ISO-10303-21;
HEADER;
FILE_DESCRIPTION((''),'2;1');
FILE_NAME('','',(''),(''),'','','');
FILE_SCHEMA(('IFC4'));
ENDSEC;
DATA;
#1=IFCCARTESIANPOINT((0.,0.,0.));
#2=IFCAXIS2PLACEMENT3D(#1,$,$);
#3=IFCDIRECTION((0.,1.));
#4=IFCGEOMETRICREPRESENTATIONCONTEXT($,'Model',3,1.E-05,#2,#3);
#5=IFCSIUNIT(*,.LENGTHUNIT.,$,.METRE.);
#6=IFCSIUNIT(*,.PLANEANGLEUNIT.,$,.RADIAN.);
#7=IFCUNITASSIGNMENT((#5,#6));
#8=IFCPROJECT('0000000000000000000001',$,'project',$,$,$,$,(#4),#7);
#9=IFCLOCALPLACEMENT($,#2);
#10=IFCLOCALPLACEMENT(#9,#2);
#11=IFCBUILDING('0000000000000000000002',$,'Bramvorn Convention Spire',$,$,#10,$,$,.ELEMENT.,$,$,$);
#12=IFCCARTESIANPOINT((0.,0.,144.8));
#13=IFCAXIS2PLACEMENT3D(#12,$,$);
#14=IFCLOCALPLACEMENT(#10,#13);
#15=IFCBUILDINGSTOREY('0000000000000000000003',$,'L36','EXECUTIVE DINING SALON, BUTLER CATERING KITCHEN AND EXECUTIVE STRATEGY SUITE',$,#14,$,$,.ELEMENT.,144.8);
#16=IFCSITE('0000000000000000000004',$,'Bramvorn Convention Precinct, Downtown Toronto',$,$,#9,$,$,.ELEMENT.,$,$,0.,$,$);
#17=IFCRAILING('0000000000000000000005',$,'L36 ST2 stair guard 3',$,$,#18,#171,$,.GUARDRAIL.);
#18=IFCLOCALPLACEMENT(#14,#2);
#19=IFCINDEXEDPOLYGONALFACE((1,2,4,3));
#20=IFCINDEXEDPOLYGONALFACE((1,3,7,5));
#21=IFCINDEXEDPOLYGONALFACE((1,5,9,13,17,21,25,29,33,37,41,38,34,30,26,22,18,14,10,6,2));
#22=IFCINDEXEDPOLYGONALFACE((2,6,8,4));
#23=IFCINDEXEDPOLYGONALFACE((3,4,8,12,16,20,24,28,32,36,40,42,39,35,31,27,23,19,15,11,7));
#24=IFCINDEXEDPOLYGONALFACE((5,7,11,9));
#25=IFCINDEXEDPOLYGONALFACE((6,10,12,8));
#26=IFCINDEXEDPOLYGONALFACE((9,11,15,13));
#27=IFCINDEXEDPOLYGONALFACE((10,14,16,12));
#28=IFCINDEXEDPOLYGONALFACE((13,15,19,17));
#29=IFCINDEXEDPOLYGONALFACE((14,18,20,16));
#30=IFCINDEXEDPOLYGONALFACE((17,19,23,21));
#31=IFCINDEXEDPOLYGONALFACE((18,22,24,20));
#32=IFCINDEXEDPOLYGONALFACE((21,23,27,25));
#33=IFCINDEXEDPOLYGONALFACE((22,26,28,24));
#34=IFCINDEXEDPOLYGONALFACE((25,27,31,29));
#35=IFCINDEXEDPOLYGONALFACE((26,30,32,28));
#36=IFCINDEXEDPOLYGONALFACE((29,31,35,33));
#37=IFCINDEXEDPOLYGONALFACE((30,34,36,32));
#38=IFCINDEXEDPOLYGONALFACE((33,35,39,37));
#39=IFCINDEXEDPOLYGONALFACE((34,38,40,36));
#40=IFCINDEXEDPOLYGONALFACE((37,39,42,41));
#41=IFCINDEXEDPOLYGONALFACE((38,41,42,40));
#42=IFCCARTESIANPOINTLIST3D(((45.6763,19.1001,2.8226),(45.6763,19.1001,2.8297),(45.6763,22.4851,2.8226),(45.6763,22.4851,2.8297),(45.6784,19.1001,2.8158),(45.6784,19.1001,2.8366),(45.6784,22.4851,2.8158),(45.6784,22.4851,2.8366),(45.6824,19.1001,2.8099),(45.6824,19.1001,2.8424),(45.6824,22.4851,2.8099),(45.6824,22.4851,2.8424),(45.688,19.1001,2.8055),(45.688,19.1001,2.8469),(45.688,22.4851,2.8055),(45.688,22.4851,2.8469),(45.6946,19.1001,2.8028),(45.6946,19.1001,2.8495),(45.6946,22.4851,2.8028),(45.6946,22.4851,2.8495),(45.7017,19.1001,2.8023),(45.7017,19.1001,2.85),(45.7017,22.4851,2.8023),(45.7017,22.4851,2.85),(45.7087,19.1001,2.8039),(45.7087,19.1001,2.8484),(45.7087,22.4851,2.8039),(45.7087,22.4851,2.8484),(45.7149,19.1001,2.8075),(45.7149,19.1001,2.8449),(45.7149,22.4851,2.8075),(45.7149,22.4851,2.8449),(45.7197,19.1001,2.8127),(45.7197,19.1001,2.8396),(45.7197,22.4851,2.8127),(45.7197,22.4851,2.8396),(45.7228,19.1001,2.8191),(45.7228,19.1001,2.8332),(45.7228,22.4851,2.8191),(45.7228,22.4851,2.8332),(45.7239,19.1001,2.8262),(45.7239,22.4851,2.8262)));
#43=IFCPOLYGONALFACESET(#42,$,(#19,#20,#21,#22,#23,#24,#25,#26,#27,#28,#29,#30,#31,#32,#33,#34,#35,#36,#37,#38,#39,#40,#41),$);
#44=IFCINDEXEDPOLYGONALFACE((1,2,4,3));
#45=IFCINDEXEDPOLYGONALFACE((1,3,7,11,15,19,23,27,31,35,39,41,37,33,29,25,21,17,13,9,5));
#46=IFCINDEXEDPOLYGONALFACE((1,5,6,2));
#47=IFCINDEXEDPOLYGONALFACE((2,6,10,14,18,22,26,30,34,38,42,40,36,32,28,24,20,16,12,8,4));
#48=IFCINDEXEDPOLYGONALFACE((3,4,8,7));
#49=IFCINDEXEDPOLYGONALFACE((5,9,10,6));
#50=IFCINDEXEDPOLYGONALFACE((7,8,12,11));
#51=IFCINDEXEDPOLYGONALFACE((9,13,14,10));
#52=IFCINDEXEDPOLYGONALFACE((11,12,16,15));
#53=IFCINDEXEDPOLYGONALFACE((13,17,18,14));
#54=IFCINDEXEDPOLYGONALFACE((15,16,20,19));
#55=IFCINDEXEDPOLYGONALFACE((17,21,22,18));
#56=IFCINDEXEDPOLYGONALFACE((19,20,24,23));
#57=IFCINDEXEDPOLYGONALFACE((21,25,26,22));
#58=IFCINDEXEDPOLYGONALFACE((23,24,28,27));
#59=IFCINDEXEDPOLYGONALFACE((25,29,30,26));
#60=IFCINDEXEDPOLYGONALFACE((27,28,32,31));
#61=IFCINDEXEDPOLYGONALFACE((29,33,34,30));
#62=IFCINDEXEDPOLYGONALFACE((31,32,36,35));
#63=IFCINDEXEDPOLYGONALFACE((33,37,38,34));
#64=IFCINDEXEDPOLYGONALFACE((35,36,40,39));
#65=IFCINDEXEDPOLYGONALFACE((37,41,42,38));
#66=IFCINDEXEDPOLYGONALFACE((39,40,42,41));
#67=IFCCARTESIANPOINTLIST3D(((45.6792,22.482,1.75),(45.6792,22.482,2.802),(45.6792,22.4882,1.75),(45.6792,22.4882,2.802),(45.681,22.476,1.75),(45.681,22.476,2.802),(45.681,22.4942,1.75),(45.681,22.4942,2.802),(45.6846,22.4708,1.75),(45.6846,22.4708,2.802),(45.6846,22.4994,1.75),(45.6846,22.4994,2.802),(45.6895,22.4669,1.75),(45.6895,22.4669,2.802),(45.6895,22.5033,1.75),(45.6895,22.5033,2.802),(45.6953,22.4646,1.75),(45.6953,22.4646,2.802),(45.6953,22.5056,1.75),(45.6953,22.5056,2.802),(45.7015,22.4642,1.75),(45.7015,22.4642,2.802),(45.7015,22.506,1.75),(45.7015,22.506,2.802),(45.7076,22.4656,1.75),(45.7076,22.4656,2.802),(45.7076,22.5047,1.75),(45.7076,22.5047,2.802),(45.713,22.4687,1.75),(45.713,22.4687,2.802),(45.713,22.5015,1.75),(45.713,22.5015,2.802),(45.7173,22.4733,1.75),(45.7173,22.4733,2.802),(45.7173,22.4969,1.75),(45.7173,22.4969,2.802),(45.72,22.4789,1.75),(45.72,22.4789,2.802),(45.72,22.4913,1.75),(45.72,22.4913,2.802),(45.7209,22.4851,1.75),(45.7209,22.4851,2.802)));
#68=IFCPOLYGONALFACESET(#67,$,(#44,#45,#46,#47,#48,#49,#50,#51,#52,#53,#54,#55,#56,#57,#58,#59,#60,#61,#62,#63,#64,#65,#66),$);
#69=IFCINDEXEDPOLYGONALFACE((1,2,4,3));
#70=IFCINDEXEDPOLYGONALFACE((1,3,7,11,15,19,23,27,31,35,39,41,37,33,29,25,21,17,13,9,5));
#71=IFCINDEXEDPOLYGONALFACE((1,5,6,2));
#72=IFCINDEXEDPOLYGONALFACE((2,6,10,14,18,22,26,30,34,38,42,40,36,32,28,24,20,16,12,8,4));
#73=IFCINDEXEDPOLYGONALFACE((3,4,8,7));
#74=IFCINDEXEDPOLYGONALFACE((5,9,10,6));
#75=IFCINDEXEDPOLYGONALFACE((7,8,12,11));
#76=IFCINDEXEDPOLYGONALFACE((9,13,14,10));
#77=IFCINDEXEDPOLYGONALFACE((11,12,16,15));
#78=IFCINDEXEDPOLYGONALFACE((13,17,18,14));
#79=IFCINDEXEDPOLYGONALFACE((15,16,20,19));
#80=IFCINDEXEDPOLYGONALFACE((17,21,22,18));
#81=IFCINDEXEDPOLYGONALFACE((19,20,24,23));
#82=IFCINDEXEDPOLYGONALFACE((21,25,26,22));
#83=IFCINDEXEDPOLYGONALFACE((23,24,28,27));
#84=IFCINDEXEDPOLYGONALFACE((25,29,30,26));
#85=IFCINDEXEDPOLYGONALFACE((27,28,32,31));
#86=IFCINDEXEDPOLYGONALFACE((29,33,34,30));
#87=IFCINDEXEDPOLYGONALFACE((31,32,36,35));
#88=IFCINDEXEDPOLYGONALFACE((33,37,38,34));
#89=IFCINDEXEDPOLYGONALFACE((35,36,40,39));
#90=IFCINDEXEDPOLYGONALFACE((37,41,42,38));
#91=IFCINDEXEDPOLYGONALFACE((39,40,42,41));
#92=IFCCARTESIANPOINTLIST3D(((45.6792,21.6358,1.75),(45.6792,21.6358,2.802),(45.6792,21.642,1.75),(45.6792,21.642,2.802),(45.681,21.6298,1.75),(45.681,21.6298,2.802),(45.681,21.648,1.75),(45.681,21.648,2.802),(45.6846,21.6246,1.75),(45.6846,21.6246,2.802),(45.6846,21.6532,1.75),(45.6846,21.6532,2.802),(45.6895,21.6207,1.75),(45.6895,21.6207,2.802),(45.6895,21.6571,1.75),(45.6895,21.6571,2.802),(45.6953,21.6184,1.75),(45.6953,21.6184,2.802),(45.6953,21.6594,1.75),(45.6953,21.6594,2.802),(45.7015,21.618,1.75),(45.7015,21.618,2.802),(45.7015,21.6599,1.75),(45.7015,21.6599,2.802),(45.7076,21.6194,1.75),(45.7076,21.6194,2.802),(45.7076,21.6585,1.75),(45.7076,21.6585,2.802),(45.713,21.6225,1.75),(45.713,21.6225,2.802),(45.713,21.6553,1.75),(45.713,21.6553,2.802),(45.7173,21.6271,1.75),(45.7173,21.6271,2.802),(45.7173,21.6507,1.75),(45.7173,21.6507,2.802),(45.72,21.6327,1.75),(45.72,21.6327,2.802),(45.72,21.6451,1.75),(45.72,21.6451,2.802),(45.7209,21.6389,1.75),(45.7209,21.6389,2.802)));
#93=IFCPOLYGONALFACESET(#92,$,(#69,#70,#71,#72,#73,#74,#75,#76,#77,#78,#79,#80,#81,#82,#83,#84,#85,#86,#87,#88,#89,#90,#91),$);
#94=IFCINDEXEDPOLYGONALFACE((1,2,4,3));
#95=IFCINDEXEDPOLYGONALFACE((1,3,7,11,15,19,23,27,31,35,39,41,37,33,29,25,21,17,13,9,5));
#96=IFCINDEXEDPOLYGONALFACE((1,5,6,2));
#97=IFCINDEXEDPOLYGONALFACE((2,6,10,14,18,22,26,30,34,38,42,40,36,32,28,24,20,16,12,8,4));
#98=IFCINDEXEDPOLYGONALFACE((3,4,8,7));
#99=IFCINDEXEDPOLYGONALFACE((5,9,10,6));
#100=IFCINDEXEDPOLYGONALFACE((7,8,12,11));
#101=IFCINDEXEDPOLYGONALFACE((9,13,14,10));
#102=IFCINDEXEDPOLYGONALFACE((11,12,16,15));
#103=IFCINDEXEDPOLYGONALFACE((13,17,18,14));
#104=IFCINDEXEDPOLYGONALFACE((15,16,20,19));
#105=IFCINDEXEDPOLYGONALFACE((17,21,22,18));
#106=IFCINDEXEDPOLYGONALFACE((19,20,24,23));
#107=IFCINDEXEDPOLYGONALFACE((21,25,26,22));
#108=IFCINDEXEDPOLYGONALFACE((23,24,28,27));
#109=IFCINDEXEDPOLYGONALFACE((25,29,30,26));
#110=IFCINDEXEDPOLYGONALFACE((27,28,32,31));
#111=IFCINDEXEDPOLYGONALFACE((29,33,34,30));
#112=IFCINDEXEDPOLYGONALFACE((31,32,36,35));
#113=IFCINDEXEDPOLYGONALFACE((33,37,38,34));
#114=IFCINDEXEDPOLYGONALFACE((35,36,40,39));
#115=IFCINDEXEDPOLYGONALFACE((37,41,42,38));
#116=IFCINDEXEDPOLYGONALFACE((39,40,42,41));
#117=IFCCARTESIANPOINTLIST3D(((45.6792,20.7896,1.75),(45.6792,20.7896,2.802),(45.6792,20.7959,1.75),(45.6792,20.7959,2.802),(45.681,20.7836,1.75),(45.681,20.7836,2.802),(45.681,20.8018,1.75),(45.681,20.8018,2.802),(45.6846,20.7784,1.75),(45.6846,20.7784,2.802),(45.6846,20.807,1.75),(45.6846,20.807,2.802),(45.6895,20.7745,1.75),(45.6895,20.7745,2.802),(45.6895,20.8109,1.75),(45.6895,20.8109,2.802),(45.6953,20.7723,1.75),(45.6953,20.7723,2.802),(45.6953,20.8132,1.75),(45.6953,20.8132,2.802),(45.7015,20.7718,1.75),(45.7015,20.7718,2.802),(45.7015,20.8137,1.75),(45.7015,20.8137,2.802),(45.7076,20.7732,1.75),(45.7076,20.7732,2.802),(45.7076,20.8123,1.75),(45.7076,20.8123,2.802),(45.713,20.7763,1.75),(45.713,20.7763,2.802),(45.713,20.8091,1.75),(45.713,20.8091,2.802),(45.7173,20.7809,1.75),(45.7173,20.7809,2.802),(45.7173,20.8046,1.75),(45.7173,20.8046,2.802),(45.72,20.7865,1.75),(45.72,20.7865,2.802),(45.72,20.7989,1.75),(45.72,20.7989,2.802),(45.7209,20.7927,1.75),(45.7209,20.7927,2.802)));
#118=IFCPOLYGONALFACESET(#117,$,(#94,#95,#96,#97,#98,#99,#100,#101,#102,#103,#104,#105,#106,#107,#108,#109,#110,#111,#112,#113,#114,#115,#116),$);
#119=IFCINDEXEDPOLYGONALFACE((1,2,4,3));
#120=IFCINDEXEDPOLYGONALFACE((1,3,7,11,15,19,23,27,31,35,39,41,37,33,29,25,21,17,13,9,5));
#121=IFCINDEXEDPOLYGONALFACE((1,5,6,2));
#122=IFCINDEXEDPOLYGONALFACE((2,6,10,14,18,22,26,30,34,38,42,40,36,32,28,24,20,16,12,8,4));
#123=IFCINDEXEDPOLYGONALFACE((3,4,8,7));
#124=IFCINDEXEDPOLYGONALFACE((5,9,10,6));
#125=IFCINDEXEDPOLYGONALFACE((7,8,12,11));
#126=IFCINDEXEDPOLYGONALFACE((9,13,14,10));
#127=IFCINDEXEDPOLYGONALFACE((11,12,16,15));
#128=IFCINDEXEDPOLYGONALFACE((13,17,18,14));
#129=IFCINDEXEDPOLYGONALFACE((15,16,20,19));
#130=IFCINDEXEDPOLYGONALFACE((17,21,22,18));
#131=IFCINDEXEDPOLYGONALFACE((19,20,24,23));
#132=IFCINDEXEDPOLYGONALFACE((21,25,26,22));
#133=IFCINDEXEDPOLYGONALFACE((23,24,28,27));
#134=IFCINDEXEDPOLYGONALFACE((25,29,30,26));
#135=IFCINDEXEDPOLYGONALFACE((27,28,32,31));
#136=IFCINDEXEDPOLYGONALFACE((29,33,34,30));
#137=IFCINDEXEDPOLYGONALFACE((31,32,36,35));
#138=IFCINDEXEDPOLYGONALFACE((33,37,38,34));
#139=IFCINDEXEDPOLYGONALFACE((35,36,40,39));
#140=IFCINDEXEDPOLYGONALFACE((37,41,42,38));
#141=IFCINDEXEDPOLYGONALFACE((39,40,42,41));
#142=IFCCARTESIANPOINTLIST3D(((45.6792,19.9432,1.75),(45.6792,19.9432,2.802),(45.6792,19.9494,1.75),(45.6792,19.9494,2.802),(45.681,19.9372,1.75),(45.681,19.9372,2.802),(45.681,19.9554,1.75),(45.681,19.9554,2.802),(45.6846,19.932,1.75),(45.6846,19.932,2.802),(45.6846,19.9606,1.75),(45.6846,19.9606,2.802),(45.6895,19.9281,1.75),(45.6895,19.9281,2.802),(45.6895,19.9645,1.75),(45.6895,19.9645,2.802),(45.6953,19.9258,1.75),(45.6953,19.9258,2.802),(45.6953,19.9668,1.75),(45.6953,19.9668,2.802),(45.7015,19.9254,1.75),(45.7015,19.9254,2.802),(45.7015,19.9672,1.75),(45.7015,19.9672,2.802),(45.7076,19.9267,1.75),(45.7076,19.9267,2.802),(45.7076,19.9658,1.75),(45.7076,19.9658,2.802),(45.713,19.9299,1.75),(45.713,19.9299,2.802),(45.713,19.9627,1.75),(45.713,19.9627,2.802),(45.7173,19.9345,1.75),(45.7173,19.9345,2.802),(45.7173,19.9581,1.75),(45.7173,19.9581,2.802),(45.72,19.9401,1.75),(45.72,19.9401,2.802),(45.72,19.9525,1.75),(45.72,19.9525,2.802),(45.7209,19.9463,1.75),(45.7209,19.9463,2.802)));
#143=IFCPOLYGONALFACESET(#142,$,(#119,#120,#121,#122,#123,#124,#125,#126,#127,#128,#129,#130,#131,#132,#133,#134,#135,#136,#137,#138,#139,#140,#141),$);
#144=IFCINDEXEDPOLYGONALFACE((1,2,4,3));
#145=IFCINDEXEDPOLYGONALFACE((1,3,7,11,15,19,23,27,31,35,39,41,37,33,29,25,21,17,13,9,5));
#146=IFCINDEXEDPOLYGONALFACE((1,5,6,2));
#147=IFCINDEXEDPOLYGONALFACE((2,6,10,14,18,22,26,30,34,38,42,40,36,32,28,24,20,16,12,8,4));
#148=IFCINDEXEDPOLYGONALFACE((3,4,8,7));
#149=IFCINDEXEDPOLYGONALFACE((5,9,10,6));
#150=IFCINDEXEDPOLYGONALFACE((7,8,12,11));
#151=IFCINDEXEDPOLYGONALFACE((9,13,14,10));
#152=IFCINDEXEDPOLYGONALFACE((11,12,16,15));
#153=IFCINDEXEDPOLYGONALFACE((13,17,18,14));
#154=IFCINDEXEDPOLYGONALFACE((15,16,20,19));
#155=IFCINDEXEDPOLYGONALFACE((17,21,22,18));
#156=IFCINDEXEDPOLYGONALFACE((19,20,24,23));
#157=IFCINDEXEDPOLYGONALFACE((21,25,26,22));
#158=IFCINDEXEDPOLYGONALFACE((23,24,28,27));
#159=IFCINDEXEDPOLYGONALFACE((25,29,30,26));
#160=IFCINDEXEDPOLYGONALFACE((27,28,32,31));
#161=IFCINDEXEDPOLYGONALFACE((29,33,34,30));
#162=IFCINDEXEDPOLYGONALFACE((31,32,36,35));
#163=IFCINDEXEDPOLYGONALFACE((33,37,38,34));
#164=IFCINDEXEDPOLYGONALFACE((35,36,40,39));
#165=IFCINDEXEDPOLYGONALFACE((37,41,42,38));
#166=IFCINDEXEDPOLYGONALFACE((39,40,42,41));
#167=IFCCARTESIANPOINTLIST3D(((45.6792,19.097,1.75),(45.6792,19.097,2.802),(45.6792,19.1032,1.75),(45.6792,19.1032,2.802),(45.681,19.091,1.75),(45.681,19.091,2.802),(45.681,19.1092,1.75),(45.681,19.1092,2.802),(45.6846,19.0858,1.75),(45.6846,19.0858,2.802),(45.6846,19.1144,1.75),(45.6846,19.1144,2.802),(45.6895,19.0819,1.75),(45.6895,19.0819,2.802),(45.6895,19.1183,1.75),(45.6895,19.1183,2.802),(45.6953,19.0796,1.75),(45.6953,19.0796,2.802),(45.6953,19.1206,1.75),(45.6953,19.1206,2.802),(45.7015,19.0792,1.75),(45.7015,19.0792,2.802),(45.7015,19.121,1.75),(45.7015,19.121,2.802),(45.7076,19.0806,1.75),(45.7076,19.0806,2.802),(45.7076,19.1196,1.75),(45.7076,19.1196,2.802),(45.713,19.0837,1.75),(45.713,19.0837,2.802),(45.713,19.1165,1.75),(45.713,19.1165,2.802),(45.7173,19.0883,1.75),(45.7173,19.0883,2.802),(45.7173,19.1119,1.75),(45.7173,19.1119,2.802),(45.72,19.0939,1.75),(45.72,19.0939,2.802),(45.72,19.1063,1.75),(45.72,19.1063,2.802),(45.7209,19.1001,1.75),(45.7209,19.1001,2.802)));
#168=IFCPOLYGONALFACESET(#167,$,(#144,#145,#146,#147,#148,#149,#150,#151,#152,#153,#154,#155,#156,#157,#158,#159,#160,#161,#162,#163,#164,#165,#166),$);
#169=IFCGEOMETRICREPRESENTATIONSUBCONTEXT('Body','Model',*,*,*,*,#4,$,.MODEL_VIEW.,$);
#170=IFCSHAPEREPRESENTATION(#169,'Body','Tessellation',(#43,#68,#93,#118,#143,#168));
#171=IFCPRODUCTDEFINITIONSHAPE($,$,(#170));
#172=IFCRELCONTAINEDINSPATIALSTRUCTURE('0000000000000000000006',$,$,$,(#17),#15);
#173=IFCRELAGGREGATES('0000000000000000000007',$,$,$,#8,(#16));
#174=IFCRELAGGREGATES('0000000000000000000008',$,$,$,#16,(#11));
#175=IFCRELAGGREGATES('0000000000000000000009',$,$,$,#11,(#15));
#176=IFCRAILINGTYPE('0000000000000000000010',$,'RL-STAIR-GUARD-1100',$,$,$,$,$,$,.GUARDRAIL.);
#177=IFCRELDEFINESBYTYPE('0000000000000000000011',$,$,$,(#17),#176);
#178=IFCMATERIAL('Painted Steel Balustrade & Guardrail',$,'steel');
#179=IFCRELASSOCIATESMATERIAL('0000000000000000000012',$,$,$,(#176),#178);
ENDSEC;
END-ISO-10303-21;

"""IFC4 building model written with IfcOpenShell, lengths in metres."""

from ifc_helpers import new_model, si_unit, direction, frame, origin, origin_2d, place, context, subcontext, project, spatial, circle, extrude, material, type_object, element, save


model = new_model("IFC4")

# Units and contexts
model_context = context("Model", 3, precision=1e-05, world=origin(), true_north=direction((0.0, 1.0)))
body_context = subcontext(model_context, "Body", "Model", "MODEL_VIEW")
ifc_project = project(units=[si_unit("LENGTHUNIT", "METRE"), si_unit("PLANEANGLEUNIT", "RADIAN")], contexts=[model_context])

# Site, building, storey
site_placement = place(None, origin())
site = spatial("IfcSite", under=ifc_project, at=site_placement, Name="Bramvorn Convention Precinct, Downtown Toronto", CompositionType="ELEMENT", RefElevation=0.0)
building_placement = place(site_placement, origin())
building = spatial("IfcBuilding", under=site, at=building_placement, Name="Bramvorn Convention Spire", CompositionType="ELEMENT")
storey_placement = place(building_placement, frame((0.0, 0.0, 144.8)))
storey = spatial("IfcBuildingStorey", under=building, at=storey_placement, Name="L36", Description="EXECUTIVE DINING SALON, BUTLER CATERING KITCHEN AND EXECUTIVE STRATEGY SUITE", CompositionType="ELEMENT", Elevation=144.8)

# Railing
ifc_material_1 = material(Name="Painted Steel Balustrade & Guardrail", Category="steel")
railing_type_1 = type_object("IfcRailingType", Name="RL-STAIR-GUARD-1100", PredefinedType="GUARDRAIL", material=ifc_material_1)
for number, where, name in (
    (1, (45.7, 22.4851, 1.75), "L36 ST2 stair guard 3"),
):
    element("IfcRailing", number, at=place(storey_placement, frame(where)), inside=storey, type_object=railing_type_1, Name=name, PredefinedType="GUARDRAIL", context=body_context, shape_type="SweptSolid", body=[
        extrude(circle(Radius=0.0239, at=origin_2d()), frame((0.0, 0.0, 1.0762), z_axis=(0.0, -1.0, 0.0), x_axis=(1.0, 0.0, 0.0)), (0.0, 0.0, 1.0), 3.385),
        extrude(circle(Radius=0.021, at=origin_2d()), origin(), (0.0, 0.0, 1.0), 1.052),
        extrude(circle(Radius=0.021, at=origin_2d()), frame((0.0, -0.8462, 0.0)), (0.0, 0.0, 1.0), 1.052),
        extrude(circle(Radius=0.021, at=origin_2d()), frame((0.0, -1.6924, 0.0)), (0.0, 0.0, 1.0), 1.052),
        extrude(circle(Radius=0.021, at=origin_2d()), frame((0.0, -2.5388, 0.0)), (0.0, 0.0, 1.0), 1.052),
        extrude(circle(Radius=0.021, at=origin_2d()), frame((0.0, -3.385, 0.0)), (0.0, 0.0, 1.0), 1.052),
    ])

save(model, "model.ifc")
